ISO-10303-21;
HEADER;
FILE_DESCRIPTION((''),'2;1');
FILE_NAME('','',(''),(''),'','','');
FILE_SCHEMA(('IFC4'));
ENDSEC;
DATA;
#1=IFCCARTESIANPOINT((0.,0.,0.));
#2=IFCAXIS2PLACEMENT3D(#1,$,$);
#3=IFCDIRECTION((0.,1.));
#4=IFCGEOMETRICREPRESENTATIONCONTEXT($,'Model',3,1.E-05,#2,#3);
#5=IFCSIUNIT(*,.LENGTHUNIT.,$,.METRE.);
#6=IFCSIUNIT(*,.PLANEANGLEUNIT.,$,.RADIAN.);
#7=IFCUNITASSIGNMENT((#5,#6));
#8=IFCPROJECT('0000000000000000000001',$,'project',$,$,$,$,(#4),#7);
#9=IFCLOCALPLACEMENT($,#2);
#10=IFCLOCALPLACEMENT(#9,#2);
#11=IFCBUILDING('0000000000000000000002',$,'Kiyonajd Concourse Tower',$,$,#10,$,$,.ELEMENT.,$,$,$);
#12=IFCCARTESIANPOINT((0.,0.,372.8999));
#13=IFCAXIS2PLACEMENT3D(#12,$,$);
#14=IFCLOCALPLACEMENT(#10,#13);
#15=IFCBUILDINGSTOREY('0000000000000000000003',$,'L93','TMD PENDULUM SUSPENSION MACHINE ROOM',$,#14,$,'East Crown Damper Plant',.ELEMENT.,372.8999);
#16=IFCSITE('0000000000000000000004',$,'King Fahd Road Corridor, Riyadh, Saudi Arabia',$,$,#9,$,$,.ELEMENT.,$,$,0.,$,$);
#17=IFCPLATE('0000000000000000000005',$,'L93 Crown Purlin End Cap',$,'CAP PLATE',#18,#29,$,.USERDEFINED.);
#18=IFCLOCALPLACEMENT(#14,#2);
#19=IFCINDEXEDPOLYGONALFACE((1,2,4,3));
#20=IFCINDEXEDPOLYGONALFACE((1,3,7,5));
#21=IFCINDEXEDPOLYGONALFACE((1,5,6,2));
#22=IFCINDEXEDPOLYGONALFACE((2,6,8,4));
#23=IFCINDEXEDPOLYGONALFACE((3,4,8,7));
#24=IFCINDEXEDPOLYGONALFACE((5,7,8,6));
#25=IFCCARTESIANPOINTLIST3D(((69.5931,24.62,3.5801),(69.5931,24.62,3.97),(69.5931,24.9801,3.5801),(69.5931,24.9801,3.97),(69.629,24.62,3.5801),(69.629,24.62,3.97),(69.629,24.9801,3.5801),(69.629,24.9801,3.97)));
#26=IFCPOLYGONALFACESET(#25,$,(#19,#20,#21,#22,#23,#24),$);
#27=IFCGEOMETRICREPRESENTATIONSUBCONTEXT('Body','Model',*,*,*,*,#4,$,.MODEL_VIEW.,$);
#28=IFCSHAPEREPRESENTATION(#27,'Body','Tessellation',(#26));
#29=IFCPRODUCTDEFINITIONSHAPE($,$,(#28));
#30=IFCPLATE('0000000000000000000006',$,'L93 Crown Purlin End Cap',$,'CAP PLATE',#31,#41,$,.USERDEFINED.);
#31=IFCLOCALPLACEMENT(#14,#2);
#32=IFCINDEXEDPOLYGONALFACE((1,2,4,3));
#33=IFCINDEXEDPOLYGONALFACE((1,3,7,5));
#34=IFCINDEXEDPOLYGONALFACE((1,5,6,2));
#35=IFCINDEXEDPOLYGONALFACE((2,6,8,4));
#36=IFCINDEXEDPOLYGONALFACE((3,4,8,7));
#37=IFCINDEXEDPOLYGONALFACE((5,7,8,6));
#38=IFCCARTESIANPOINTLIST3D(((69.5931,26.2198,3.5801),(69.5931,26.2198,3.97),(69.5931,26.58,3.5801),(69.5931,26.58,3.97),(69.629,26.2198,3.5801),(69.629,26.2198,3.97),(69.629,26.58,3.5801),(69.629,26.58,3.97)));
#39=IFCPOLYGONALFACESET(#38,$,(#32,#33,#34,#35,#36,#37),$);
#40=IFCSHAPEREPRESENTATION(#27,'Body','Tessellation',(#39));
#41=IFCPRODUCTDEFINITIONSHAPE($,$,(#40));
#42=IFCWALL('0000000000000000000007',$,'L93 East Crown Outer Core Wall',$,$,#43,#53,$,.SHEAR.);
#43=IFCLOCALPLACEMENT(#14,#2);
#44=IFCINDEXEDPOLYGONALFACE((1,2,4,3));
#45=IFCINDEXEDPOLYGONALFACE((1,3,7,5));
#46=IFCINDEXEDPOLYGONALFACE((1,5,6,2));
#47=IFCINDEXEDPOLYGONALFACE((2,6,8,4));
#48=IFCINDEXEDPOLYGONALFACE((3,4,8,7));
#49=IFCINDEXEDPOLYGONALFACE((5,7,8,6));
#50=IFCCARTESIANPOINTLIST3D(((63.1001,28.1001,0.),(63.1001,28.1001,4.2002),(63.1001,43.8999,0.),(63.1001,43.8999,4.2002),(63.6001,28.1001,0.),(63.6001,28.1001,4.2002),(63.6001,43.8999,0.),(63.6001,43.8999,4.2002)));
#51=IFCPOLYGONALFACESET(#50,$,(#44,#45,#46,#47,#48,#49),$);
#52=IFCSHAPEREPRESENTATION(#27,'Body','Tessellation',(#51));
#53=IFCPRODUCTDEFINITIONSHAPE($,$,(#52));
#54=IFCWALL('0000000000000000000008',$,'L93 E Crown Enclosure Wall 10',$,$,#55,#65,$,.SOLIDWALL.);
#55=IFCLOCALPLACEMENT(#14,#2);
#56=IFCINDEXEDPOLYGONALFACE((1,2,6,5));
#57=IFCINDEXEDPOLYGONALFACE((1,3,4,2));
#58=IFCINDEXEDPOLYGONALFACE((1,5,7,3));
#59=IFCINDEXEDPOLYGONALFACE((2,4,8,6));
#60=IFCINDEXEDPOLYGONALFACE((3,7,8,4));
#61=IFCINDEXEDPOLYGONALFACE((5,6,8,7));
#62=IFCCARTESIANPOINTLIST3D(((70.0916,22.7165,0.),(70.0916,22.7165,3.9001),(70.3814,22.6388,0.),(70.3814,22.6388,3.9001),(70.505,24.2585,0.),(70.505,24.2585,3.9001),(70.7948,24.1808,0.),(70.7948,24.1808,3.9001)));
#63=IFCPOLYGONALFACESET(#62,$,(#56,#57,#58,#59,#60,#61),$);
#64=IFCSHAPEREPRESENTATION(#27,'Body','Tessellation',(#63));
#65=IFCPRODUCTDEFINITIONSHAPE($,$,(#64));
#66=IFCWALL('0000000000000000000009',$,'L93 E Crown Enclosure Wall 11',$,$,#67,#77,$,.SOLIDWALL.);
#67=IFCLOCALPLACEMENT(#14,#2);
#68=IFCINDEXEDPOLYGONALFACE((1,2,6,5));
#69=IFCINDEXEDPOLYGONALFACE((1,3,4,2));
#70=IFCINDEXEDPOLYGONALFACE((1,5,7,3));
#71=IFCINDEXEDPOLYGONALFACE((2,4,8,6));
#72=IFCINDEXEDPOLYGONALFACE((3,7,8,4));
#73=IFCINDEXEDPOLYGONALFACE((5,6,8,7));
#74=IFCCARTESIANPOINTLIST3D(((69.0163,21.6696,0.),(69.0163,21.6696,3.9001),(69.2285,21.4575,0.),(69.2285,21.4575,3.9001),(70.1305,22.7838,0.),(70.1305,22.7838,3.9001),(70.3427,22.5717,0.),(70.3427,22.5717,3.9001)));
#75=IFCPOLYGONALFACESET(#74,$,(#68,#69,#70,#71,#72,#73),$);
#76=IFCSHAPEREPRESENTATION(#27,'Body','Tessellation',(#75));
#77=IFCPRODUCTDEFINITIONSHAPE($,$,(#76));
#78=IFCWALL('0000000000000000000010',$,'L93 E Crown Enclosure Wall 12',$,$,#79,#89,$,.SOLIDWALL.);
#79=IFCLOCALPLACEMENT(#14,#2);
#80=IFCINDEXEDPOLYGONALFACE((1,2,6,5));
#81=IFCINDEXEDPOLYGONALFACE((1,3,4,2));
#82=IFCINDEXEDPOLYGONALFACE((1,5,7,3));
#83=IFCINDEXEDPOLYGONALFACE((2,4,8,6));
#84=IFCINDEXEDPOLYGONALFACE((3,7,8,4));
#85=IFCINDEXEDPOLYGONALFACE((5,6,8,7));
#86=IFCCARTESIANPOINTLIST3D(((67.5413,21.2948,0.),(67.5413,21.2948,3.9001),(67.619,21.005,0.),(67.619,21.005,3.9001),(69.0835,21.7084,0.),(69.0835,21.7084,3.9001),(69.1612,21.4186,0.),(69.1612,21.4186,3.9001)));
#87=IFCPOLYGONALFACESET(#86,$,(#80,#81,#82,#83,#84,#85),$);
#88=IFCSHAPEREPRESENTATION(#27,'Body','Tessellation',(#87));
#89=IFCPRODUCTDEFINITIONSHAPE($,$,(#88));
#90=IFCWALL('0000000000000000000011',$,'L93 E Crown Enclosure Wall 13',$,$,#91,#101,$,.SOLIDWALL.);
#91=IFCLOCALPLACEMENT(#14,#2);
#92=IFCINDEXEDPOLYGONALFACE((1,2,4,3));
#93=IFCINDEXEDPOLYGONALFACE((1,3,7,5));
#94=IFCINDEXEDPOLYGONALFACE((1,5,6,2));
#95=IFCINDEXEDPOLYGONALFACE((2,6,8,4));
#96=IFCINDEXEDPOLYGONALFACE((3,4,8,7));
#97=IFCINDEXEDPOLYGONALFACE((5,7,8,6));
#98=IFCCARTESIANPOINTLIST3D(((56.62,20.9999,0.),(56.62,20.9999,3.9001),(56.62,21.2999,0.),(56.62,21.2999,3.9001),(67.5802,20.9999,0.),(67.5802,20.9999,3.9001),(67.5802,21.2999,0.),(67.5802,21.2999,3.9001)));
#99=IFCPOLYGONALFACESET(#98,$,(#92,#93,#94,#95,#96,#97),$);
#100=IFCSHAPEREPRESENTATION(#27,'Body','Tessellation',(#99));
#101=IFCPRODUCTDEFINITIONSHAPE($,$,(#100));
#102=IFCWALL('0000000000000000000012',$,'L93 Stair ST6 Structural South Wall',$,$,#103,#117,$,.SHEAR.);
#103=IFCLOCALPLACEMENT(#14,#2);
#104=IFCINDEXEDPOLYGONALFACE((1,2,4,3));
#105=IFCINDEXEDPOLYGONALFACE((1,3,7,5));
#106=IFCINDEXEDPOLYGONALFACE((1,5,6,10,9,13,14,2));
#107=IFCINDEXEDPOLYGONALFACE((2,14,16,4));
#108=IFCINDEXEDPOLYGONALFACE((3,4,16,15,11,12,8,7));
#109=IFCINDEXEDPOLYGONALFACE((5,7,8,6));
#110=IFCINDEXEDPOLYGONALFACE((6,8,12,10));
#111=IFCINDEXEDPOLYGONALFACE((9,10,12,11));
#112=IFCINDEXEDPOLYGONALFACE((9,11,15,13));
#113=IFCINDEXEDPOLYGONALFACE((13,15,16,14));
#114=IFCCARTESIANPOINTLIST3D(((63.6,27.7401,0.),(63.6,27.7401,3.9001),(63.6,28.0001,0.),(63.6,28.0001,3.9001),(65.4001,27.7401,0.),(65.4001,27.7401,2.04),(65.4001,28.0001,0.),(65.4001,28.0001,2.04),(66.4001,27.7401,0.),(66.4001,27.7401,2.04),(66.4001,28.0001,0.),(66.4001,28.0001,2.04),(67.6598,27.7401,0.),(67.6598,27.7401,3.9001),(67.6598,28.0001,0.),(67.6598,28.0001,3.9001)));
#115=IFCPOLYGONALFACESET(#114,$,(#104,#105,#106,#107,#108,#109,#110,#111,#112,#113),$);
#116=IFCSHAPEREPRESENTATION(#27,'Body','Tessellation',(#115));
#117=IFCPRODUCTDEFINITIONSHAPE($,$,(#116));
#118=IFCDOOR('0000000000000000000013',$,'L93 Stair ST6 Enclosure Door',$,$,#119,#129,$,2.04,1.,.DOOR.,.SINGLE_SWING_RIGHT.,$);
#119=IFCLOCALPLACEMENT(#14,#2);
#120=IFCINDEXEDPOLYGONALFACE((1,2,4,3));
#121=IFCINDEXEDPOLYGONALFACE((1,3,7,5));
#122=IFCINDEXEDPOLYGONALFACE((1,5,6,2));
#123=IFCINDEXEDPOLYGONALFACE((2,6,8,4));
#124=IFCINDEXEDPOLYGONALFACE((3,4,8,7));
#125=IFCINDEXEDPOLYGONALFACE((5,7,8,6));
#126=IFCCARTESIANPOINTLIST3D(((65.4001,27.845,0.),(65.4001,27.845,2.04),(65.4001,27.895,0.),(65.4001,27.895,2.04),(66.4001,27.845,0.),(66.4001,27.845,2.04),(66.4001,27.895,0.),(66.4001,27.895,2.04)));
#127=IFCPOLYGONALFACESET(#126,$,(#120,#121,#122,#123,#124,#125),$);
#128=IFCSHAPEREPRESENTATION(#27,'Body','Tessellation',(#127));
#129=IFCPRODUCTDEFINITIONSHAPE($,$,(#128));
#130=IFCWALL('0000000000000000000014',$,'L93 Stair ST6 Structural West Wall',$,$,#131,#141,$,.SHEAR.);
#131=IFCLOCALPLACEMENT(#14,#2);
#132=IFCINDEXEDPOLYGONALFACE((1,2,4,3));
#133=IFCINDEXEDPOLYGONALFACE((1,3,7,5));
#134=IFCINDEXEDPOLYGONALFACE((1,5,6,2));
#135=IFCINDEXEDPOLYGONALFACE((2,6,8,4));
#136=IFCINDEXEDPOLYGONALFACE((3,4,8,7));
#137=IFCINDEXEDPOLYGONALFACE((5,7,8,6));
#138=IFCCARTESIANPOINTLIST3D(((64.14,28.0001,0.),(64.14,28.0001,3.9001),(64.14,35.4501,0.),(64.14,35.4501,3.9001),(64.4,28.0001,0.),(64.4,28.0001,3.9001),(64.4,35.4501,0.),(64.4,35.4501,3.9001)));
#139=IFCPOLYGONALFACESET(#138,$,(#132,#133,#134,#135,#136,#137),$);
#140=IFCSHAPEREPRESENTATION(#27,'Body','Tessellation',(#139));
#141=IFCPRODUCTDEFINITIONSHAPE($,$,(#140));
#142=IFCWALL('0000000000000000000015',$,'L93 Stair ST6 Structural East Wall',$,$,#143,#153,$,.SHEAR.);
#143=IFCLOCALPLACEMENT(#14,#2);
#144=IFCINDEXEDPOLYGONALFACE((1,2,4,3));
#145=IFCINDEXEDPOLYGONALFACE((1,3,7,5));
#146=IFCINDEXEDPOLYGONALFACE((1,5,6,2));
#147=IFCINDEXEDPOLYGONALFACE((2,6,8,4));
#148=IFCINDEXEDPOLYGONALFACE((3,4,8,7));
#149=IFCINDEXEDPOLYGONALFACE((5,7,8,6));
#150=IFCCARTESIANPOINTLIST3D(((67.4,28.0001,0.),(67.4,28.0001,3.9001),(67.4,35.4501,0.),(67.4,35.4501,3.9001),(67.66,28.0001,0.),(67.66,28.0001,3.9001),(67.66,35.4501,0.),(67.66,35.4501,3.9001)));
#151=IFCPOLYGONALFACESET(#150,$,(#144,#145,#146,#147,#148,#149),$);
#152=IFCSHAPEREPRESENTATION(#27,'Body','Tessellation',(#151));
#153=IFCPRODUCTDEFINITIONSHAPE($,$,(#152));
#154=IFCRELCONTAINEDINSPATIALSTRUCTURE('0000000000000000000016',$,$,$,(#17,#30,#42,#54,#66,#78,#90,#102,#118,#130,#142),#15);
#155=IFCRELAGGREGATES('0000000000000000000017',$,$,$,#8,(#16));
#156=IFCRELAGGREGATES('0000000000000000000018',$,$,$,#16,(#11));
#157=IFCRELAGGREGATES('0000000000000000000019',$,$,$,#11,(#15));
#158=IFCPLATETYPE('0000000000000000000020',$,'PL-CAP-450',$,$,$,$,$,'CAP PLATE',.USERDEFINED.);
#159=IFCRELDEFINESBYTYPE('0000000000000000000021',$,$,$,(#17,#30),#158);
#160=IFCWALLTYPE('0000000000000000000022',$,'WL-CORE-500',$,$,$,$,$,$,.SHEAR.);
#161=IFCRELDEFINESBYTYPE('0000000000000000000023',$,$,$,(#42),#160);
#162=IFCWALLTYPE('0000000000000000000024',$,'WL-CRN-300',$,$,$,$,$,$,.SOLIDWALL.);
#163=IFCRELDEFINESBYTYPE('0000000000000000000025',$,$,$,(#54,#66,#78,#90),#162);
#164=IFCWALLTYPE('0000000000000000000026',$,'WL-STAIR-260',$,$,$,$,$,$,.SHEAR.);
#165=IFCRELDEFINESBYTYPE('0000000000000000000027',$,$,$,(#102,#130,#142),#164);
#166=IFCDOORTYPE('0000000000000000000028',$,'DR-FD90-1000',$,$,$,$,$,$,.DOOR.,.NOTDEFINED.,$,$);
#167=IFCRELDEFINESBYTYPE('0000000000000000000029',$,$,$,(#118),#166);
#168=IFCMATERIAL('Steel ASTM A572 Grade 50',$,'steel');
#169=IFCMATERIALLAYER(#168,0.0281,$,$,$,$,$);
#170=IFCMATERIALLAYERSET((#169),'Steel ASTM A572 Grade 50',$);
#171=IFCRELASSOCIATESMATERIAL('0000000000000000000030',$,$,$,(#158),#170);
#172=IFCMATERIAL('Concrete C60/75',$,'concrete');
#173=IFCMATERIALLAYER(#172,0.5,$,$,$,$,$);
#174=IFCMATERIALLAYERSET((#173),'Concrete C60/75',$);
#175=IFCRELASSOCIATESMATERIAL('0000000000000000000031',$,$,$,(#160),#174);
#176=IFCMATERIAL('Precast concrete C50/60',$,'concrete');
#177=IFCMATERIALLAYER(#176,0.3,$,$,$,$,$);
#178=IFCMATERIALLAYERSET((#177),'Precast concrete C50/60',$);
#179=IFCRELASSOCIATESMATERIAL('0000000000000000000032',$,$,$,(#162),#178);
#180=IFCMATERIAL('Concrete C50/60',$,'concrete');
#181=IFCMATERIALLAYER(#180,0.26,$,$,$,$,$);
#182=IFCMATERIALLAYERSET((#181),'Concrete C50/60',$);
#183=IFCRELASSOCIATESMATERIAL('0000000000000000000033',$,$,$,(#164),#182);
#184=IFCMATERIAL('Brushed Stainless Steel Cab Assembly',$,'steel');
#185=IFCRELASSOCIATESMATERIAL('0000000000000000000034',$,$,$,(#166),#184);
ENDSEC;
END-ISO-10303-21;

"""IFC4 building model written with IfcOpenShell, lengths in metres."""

from ifc_helpers import new_model, si_unit, direction, frame, frame_2d, origin, origin_2d, place, context, subcontext, project, spatial, rectangle, extrude, material, layer, layer_set, type_object, element, fill, save


model = new_model("IFC4")

# Units and contexts
model_context = context("Model", 3, precision=1e-05, world=origin(), true_north=direction((0.0, 1.0)))
body_context = subcontext(model_context, "Body", "Model", "MODEL_VIEW")
ifc_project = project(units=[si_unit("LENGTHUNIT", "METRE"), si_unit("PLANEANGLEUNIT", "RADIAN")], contexts=[model_context])

# Site, building, storey
site_placement = place(None, origin())
site = spatial("IfcSite", under=ifc_project, at=site_placement, Name="King Fahd Road Corridor, Riyadh, Saudi Arabia", CompositionType="ELEMENT", RefElevation=0.0)
building_placement = place(site_placement, origin())
building = spatial("IfcBuilding", under=site, at=building_placement, Name="Kiyonajd Concourse Tower", CompositionType="ELEMENT")
storey_placement = place(building_placement, frame((0.0, 0.0, 372.8999)))
storey = spatial("IfcBuildingStorey", under=building, at=storey_placement, Name="L93", Description="TMD PENDULUM SUSPENSION MACHINE ROOM", LongName="East Crown Damper Plant", CompositionType="ELEMENT", Elevation=372.8999)

# Shared definitions
ifc_material_1 = material(Name="Steel ASTM A572 Grade 50", Category="steel")

# Shared definitions
ifc_material_2 = material(Name="Concrete C50/60", Category="concrete")

# Plates
ifc_layer_1 = layer(ifc_material_1, 0.0281)
ifc_layer_set_1 = layer_set([ifc_layer_1], Name="Steel ASTM A572 Grade 50")
plate_type = type_object("IfcPlateType", Name="PL-CAP-450", ElementType="CAP PLATE", PredefinedType="USERDEFINED", material=ifc_layer_set_1)
for number, where, z_axis, x_axis, name in (
    (1, (69.6111, 24.8, 3.5801), (0.0, 0.0, 1.0), (1.0, 0.0, 0.0), "L93 Crown Purlin End Cap"),
    (2, (69.6111, 26.3999, 3.5801), (0.0, 0.0, 1.0), (1.0, 0.0, 0.0), "L93 Crown Purlin End Cap"),
):
    element("IfcPlate", number, at=place(storey_placement, frame(where, z_axis=z_axis, x_axis=x_axis)), inside=storey, type_object=plate_type, Name=name, ObjectType="CAP PLATE", PredefinedType="USERDEFINED", context=body_context, shape_type="SweptSolid", body=[
        extrude(rectangle(XDim=0.0359, YDim=0.3601, at=origin_2d()), origin(), (0.0, 0.0, 1.0), 0.3899),
    ])

# Walls
ifc_material_3 = material(Name="Concrete C60/75", Category="concrete")
ifc_layer_2 = layer(ifc_material_3, 0.5)
ifc_layer_set_2 = layer_set([ifc_layer_2], Name="Concrete C60/75")
wall_type_1 = type_object("IfcWallType", Name="WL-CORE-500", PredefinedType="SHEAR", material=ifc_layer_set_2)
wall_1_placement = place(storey_placement, frame((63.3501, 28.1001, 0.0), z_axis=(0.0, 0.0, 1.0), x_axis=(0.0, 1.0, 0.0)))
element("IfcWall", 3, at=wall_1_placement, inside=storey, type_object=wall_type_1, Name="L93 East Crown Outer Core Wall", PredefinedType="SHEAR", context=body_context, shape_type="SweptSolid", body=[
    extrude(rectangle(XDim=15.7998, YDim=0.5, at=frame_2d((7.8999, 0.0))), origin(), (0.0, 0.0, 1.0), 4.2002),
])
ifc_material_4 = material(Name="Precast concrete C50/60", Category="concrete")
ifc_layer_3 = layer(ifc_material_4, 0.3)
ifc_layer_set_3 = layer_set([ifc_layer_3], Name="Precast concrete C50/60")
wall_type_2 = type_object("IfcWallType", Name="WL-CRN-300", PredefinedType="SOLIDWALL", material=ifc_layer_set_3)
wall_2_placement = place(storey_placement, frame((70.6499, 24.2197, 0.0), z_axis=(0.0, 0.0, 1.0), x_axis=(-0.258909, -0.965902, 0.0)))
element("IfcWall", 4, at=wall_2_placement, inside=storey, type_object=wall_type_2, Name="L93 E Crown Enclosure Wall 10", PredefinedType="SOLIDWALL", context=body_context, shape_type="SweptSolid", body=[
    extrude(rectangle(XDim=1.5964, YDim=0.3, at=frame_2d((0.7983, 0.0))), origin(), (0.0, 0.0, 1.0), 3.9001),
])
wall_3_placement = place(storey_placement, frame((70.2366, 22.6777, 0.0), z_axis=(0.0, 0.0, 1.0), x_axis=(-0.707107, -0.707107, 0.0)))
element("IfcWall", 5, at=wall_3_placement, inside=storey, type_object=wall_type_2, Name="L93 E Crown Enclosure Wall 11", PredefinedType="SOLIDWALL", context=body_context, shape_type="SweptSolid", body=[
    extrude(rectangle(XDim=1.5757, YDim=0.3, at=frame_2d((0.7878, 0.0))), origin(), (0.0, 0.0, 1.0), 3.9001),
])
wall_4_placement = place(storey_placement, frame((69.1223, 21.5635, 0.0), z_axis=(0.0, 0.0, 1.0), x_axis=(-0.965874, -0.259014, 0.0)))
element("IfcWall", 6, at=wall_4_placement, inside=storey, type_object=wall_type_2, Name="L93 E Crown Enclosure Wall 12", PredefinedType="SOLIDWALL", context=body_context, shape_type="SweptSolid", body=[
    extrude(rectangle(XDim=1.5967, YDim=0.3, at=frame_2d((0.7983, 0.0))), origin(), (0.0, 0.0, 1.0), 3.9001),
])
wall_5_placement = place(storey_placement, frame((67.5801, 21.1499, 0.0), z_axis=(0.0, 0.0, 1.0), x_axis=(-1.0, 0.0, 0.0)))
element("IfcWall", 7, at=wall_5_placement, inside=storey, type_object=wall_type_2, Name="L93 E Crown Enclosure Wall 13", PredefinedType="SOLIDWALL", context=body_context, shape_type="SweptSolid", body=[
    extrude(rectangle(XDim=10.9602, YDim=0.3, at=frame_2d((5.48, 0.0))), origin(), (0.0, 0.0, 1.0), 3.9001),
])

# Wall, opening, door
ifc_layer_4 = layer(ifc_material_2, 0.26)
ifc_layer_set_4 = layer_set([ifc_layer_4], Name="Concrete C50/60")
wall_type_3 = type_object("IfcWallType", Name="WL-STAIR-260", PredefinedType="SHEAR", material=ifc_layer_set_4)
wall_6_placement = place(storey_placement, frame((63.6001, 27.8701, 0.0), z_axis=(0.0, 0.0, 1.0), x_axis=(1.0, 0.0, 0.0)))
wall_6 = element("IfcWall", 8, at=wall_6_placement, inside=storey, type_object=wall_type_3, Name="L93 Stair ST6 Structural South Wall", PredefinedType="SHEAR", context=body_context, shape_type="SweptSolid", body=[
    extrude(rectangle(XDim=4.0598, YDim=0.26, at=frame_2d((2.0298, 0.0))), origin(), (0.0, 0.0, 1.0), 3.9001),
])
opening_placement = place(wall_6_placement, frame((1.8, 0.0, 0.0)))
opening = element("IfcOpeningElement", 9, at=opening_placement, cuts=wall_6, PredefinedType="OPENING", context=body_context, shape_type="SweptSolid", body=[
    extrude(rectangle(XDim=1.0, YDim=2.04, at=frame_2d((0.5, 1.02))), frame((0.0, 0.1399, 0.0), z_axis=(0.0, -1.0, 0.0), x_axis=(1.0, 0.0, 0.0)), (0.0, 0.0, 1.0), 0.28),
])
ifc_material_5 = material(Name="Brushed Stainless Steel Cab Assembly", Category="steel")
door_type = type_object("IfcDoorType", Name="DR-FD90-1000", OperationType="NOTDEFINED", PredefinedType="DOOR", material=ifc_material_5)
door_placement = place(opening_placement, origin())
door = element("IfcDoor", 10, at=door_placement, inside=storey, type_object=door_type, Name="L93 Stair ST6 Enclosure Door", OperationType="SINGLE_SWING_RIGHT", OverallHeight=2.04, OverallWidth=1.0, PredefinedType="DOOR", context=body_context, shape_type="SweptSolid", body=[
    extrude(rectangle(XDim=1.0, YDim=2.04, at=frame_2d((0.5, 1.02))), frame((0.0, 0.0249, 0.0), z_axis=(0.0, -1.0, 0.0), x_axis=(1.0, 0.0, 0.0)), (0.0, 0.0, 1.0), 0.05),
])
fill(opening, door)

# Walls
for number, where, z_axis, x_axis, name in (
    (11, (64.27, 28.0, 0.0), (0.0, 0.0, 1.0), (0.0, 1.0, 0.0), "L93 Stair ST6 Structural West Wall"),
    (12, (67.53, 28.0, 0.0), (0.0, 0.0, 1.0), (0.0, 1.0, 0.0), "L93 Stair ST6 Structural East Wall"),
):
    element("IfcWall", number, at=place(storey_placement, frame(where, z_axis=z_axis, x_axis=x_axis)), inside=storey, type_object=wall_type_3, Name=name, PredefinedType="SHEAR", context=body_context, shape_type="SweptSolid", body=[
        extrude(rectangle(XDim=7.45, YDim=0.26, at=frame_2d((3.7251, 0.0))), origin(), (0.0, 0.0, 1.0), 3.9001),
    ])

save(model, "model.ifc")
